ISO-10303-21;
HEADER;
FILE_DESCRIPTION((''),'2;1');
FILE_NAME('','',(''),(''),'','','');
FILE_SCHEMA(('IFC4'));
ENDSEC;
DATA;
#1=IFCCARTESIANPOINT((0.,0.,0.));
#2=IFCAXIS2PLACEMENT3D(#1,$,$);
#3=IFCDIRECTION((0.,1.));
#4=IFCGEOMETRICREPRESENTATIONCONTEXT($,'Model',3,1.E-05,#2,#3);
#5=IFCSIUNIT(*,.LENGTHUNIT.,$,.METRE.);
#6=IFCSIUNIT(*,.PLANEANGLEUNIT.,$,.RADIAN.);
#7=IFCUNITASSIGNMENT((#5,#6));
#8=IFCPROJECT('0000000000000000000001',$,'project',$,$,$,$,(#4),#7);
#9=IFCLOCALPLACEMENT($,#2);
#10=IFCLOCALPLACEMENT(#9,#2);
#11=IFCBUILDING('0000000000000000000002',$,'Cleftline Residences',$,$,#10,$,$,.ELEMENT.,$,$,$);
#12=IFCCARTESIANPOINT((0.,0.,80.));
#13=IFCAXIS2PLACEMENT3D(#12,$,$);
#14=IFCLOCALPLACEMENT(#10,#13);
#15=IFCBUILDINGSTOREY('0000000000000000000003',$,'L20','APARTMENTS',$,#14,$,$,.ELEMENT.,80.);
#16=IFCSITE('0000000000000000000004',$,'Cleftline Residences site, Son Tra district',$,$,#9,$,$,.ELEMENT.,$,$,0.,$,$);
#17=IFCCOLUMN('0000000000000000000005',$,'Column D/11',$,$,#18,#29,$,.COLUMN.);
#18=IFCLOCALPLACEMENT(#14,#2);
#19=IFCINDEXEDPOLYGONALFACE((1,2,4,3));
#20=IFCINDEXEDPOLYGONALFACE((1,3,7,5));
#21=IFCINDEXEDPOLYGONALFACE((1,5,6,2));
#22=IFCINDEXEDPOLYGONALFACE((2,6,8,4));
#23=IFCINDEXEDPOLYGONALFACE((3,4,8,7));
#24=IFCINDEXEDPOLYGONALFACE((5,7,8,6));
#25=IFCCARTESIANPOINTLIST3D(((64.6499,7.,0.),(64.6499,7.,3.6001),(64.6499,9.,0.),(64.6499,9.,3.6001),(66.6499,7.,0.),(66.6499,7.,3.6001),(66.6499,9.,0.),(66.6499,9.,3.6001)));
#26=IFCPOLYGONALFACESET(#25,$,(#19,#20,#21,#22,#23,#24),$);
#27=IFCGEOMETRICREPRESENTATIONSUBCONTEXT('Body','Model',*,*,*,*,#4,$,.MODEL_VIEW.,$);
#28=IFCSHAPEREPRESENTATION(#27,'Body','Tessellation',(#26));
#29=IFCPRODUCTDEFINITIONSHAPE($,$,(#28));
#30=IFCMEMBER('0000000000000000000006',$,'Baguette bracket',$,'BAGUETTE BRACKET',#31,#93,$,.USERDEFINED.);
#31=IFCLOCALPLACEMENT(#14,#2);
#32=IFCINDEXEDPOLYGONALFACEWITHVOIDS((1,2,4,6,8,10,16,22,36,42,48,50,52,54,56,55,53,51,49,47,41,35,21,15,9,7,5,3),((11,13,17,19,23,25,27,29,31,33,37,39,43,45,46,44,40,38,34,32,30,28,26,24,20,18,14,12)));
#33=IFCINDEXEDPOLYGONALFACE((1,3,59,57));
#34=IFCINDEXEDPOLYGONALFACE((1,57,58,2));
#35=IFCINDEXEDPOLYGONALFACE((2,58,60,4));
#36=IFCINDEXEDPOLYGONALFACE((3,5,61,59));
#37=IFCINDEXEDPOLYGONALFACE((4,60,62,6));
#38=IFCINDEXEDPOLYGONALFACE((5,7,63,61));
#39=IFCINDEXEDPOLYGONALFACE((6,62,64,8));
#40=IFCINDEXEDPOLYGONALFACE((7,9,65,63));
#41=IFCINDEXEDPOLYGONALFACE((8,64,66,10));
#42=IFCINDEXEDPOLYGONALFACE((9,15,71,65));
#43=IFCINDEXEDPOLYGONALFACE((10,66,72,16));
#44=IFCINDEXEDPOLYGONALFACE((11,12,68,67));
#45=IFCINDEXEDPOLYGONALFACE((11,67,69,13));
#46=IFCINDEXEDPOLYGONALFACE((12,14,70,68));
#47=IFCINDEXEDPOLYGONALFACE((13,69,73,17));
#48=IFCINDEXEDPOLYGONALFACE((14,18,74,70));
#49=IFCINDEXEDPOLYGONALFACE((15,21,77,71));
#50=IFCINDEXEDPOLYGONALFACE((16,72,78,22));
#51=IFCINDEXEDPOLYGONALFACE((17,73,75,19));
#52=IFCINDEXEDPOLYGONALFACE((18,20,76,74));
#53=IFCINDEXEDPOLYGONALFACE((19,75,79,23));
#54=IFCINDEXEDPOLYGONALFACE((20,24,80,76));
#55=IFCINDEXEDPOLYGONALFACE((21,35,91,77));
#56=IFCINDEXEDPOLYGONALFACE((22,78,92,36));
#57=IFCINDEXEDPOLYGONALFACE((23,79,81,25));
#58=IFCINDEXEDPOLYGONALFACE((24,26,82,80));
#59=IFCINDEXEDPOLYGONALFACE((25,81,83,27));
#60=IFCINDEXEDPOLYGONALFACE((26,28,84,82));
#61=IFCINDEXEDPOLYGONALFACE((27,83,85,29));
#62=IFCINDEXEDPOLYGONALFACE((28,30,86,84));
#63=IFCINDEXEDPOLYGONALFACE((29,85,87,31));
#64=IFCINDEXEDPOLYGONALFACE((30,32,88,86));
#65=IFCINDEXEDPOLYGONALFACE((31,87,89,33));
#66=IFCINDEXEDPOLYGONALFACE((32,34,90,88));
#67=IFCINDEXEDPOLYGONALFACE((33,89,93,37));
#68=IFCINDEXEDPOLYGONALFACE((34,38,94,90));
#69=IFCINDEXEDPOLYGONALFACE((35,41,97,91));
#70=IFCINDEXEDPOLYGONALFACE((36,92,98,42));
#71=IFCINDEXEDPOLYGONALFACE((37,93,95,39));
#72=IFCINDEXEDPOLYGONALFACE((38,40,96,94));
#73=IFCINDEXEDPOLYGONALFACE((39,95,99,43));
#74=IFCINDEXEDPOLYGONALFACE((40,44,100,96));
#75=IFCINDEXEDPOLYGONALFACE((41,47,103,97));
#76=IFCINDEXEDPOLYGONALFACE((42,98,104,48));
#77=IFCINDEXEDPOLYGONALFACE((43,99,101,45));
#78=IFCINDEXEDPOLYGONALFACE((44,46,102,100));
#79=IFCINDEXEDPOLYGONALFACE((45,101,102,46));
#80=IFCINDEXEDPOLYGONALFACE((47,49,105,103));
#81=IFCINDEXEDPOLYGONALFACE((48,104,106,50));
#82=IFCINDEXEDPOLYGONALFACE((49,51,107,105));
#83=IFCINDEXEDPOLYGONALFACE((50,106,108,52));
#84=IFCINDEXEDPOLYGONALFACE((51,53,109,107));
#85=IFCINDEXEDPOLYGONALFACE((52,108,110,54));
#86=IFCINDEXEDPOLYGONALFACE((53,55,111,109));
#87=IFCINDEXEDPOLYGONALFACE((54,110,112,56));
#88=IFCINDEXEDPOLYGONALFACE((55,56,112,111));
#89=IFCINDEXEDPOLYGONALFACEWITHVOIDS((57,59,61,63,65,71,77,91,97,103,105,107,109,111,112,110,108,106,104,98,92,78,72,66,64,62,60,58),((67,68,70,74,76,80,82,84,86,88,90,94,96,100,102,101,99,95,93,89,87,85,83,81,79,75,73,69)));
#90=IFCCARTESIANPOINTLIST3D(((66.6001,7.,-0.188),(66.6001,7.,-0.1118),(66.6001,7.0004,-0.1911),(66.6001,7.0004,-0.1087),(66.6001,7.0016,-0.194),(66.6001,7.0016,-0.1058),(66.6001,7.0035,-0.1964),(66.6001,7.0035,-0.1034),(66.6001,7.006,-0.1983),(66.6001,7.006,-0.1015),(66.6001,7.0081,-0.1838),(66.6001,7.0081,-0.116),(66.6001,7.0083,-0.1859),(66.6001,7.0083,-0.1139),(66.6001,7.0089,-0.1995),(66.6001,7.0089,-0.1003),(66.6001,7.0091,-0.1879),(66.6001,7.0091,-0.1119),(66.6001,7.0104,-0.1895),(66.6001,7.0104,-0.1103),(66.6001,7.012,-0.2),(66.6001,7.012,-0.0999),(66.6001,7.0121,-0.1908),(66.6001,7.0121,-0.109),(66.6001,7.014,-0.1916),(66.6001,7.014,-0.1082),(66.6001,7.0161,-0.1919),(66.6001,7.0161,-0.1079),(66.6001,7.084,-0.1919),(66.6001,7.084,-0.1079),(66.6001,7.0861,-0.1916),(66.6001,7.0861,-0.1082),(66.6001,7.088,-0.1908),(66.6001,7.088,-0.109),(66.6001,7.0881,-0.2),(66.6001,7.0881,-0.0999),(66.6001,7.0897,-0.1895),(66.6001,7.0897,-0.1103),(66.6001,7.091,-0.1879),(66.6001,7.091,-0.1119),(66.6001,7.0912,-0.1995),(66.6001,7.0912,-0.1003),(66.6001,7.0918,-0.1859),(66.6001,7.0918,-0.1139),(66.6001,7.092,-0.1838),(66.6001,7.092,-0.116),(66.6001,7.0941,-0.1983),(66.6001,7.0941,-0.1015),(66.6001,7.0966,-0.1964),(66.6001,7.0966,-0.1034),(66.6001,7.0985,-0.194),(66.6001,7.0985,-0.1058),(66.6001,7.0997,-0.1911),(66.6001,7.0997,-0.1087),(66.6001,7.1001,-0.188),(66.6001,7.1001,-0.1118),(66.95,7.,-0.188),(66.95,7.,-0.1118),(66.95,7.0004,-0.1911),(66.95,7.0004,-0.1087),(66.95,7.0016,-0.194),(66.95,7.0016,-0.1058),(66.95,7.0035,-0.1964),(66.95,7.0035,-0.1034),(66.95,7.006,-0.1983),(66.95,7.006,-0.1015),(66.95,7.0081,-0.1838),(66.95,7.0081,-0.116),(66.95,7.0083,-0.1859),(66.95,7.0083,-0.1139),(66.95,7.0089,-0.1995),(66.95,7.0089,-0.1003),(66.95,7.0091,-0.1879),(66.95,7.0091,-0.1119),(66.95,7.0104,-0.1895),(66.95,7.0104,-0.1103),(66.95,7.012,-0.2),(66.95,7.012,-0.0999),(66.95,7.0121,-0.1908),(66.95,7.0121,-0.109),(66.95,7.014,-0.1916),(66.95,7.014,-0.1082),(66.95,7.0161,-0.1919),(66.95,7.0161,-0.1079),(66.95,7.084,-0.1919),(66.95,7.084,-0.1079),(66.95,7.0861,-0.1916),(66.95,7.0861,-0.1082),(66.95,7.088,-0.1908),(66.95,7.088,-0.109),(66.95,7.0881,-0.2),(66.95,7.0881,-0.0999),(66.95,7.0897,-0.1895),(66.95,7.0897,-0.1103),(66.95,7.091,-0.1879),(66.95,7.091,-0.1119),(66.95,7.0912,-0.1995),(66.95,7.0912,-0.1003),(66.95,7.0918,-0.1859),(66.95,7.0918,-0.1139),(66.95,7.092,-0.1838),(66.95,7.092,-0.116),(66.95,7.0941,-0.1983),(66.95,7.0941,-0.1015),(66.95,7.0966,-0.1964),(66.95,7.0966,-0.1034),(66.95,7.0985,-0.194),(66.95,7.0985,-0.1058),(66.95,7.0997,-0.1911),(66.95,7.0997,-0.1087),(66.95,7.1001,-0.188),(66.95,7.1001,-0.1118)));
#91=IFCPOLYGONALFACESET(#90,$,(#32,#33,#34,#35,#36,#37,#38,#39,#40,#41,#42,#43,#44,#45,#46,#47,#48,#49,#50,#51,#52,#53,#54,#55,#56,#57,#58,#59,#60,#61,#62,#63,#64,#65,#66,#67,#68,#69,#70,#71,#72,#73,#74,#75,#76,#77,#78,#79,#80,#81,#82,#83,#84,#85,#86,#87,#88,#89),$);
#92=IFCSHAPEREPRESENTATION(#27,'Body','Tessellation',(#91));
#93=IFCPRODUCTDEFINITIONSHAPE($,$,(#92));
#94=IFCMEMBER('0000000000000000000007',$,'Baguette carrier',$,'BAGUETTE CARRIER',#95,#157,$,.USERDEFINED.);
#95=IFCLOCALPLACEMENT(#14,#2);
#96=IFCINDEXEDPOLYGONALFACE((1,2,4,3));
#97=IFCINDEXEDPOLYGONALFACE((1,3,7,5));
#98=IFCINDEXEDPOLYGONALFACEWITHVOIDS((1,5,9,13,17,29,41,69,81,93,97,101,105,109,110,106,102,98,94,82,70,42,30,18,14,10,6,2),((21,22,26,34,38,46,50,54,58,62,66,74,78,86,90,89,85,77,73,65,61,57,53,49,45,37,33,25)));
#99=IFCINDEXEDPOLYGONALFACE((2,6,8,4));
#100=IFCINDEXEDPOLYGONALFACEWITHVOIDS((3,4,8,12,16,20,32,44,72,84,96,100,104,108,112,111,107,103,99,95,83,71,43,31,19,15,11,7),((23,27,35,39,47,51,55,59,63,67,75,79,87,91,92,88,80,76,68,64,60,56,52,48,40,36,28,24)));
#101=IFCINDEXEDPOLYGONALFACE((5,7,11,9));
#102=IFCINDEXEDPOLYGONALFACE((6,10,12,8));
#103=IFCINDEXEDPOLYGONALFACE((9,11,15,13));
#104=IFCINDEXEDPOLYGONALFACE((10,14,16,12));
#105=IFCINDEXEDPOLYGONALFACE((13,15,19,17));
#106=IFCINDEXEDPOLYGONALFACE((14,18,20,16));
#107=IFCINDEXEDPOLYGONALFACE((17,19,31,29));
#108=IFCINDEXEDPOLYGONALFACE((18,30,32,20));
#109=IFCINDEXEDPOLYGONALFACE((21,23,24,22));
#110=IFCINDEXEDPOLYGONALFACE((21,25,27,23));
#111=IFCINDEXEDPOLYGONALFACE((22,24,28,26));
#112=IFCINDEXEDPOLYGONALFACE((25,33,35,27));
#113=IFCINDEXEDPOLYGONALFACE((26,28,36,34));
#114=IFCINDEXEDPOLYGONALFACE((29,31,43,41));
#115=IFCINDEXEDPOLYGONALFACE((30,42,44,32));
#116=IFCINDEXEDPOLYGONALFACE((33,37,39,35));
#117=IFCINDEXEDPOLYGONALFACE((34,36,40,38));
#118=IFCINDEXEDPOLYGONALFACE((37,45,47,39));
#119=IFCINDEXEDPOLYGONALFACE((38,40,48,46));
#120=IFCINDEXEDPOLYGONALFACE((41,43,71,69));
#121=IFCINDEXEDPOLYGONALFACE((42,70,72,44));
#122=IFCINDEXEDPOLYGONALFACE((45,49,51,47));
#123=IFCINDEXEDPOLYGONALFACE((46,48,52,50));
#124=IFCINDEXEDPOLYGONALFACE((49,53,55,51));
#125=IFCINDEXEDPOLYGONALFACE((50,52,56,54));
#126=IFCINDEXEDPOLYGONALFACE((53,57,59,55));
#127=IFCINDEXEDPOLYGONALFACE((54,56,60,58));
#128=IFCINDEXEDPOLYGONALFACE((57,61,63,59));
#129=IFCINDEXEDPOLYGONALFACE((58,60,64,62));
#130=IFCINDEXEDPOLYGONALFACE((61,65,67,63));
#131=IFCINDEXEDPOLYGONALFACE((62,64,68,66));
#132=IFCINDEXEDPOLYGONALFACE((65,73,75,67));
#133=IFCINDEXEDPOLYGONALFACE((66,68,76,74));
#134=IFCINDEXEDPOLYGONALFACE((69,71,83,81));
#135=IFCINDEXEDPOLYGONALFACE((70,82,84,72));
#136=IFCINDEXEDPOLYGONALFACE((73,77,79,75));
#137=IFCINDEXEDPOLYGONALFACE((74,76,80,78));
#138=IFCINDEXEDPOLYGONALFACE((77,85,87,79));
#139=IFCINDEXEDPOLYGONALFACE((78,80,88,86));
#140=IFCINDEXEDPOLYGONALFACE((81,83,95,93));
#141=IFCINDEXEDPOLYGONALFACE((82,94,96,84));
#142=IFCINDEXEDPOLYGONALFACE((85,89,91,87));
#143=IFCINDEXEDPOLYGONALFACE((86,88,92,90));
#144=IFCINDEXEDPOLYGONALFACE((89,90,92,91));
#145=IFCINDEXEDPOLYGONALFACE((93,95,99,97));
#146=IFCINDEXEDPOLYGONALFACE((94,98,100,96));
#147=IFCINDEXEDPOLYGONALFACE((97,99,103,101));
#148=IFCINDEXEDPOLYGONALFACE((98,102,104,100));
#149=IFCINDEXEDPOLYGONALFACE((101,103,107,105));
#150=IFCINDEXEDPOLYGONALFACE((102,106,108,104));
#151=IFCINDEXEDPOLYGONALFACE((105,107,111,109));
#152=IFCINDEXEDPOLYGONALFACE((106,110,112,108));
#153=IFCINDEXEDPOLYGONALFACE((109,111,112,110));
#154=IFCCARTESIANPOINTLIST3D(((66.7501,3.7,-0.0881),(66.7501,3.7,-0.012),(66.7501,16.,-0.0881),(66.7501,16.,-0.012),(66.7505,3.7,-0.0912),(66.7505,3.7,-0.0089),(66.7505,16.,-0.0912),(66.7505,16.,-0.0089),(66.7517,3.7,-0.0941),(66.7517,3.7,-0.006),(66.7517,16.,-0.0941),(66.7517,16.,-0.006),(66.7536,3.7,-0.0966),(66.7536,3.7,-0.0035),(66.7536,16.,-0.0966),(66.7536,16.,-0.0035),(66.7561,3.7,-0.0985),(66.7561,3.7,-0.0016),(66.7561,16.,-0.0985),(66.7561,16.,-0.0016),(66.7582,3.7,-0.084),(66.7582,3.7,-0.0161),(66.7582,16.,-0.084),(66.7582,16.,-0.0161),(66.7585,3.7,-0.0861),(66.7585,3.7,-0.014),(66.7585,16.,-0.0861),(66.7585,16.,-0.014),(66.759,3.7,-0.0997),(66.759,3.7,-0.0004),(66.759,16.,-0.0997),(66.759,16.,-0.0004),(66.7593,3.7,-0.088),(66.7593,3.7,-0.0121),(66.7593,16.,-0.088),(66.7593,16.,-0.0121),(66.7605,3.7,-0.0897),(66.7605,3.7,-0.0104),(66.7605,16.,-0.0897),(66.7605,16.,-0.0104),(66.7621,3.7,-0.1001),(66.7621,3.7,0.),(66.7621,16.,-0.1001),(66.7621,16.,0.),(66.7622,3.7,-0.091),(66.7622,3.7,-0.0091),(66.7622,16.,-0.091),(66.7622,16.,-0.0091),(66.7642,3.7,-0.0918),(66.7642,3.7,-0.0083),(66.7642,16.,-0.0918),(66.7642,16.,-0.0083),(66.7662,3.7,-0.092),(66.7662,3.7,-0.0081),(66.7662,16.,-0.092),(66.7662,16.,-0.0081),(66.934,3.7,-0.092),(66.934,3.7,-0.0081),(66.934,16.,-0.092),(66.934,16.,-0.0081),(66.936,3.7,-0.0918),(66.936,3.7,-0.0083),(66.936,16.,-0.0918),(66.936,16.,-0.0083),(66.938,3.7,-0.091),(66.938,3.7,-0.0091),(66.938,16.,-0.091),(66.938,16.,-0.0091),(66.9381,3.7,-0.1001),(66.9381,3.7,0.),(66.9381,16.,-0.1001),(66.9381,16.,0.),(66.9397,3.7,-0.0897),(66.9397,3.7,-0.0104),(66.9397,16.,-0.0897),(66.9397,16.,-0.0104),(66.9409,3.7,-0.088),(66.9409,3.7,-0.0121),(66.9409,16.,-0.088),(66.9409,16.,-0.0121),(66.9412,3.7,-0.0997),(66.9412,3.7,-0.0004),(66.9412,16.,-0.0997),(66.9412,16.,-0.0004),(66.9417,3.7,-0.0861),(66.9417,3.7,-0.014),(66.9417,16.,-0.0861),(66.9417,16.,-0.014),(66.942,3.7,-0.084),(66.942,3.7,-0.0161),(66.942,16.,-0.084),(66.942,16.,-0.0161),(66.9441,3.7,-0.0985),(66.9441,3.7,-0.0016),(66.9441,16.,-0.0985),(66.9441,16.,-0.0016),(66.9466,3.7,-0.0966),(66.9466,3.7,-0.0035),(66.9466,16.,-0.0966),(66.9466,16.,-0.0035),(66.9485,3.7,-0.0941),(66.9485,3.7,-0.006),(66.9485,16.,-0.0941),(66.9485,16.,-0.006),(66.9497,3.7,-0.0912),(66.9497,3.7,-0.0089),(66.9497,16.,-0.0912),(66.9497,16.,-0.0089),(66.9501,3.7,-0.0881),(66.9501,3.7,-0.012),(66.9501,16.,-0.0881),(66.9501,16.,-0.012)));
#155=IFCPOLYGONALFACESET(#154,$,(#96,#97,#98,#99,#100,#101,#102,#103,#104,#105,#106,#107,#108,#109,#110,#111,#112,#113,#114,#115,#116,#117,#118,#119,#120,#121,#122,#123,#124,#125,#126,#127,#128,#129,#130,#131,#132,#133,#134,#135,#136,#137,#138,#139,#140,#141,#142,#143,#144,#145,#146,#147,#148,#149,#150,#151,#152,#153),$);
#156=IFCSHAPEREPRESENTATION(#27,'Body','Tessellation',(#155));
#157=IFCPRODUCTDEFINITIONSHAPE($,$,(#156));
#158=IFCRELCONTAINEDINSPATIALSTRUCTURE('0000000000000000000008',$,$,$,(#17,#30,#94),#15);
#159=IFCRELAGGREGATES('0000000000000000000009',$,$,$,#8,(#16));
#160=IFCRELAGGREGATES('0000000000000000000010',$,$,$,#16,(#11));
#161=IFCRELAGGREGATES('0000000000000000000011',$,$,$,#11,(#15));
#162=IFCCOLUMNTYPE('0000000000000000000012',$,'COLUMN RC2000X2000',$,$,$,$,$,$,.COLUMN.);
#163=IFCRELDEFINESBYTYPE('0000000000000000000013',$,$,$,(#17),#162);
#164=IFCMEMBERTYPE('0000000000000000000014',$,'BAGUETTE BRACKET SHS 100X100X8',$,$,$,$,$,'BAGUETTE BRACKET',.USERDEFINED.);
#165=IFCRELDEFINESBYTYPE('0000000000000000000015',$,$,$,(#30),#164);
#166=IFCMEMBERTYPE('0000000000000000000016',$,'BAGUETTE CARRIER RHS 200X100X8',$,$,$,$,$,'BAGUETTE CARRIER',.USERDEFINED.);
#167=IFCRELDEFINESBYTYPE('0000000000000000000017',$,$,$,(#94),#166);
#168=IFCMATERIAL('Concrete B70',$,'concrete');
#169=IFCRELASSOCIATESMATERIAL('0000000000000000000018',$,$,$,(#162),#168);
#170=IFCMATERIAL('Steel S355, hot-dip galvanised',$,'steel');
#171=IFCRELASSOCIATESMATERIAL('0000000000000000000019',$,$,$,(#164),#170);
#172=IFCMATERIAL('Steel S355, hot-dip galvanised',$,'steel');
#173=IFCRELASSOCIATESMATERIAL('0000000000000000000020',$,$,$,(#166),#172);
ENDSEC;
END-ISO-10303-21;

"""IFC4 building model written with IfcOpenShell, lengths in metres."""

from ifc_helpers import new_model, si_unit, direction, frame, origin, origin_2d, place, context, subcontext, project, spatial, rectangle, hollow_rectangle, extrude, material, material_profile, profile_set, type_object, element, save


model = new_model("IFC4")

# Units and contexts
model_context = context("Model", 3, precision=1e-05, world=origin(), true_north=direction((0.0, 1.0)))
body_context = subcontext(model_context, "Body", "Model", "MODEL_VIEW")
ifc_project = project(units=[si_unit("LENGTHUNIT", "METRE"), si_unit("PLANEANGLEUNIT", "RADIAN")], contexts=[model_context])

# Site, building, storey
site_placement = place(None, origin())
site = spatial("IfcSite", under=ifc_project, at=site_placement, Name="Cleftline Residences site, Son Tra district", CompositionType="ELEMENT", RefElevation=0.0)
building_placement = place(site_placement, origin())
building = spatial("IfcBuilding", under=site, at=building_placement, Name="Cleftline Residences", CompositionType="ELEMENT")
storey_placement = place(building_placement, frame((0.0, 0.0, 80.0)))
storey = spatial("IfcBuildingStorey", under=building, at=storey_placement, Name="L20", Description="APARTMENTS", CompositionType="ELEMENT", Elevation=80.0)

# Column
ifc_material_1 = material(Name="Concrete B70", Category="concrete")
ifc_material_profile_1 = material_profile(ifc_material_1, rectangle(XDim=2.0, YDim=2.0, at=origin_2d()))
ifc_profile_set_1 = profile_set([ifc_material_profile_1], Name="Concrete B70")
column_type = type_object("IfcColumnType", Name="COLUMN RC2000X2000", PredefinedType="COLUMN", material=ifc_profile_set_1)
column_placement = place(storey_placement, frame((65.6499, 8.0, 0.0), z_axis=(0.0, 0.0, 1.0), x_axis=(1.0, 0.0, 0.0)))
element("IfcColumn", 1, at=column_placement, inside=storey, type_object=column_type, Name="Column D/11", PredefinedType="COLUMN", context=body_context, shape_type="SweptSolid", body=[
    extrude(rectangle(XDim=2.0, YDim=2.0, at=origin_2d()), origin(), (0.0, 0.0, 1.0), 3.6001),
])

# Members
ifc_material_2 = material(Name="Steel S355, hot-dip galvanised", Category="steel")
ifc_material_profile_2 = material_profile(ifc_material_2, hollow_rectangle(XDim=0.1001, YDim=0.1001, WallThickness=0.0081, InnerFilletRadius=0.0081, OuterFilletRadius=0.012, at=origin_2d()))
ifc_profile_set_2 = profile_set([ifc_material_profile_2], Name="Steel S355, hot-dip galvanised")
member_type_1 = type_object("IfcMemberType", Name="BAGUETTE BRACKET SHS 100X100X8", ElementType="BAGUETTE BRACKET", PredefinedType="USERDEFINED", material=ifc_profile_set_2)
member_1_placement = place(storey_placement, frame((66.6001, 7.05, -0.1499), z_axis=(1.0, 0.0, 0.0), x_axis=(0.0, 1.0, 0.0)))
element("IfcMember", 2, at=member_1_placement, inside=storey, type_object=member_type_1, Name="Baguette bracket", ObjectType="BAGUETTE BRACKET", PredefinedType="USERDEFINED", context=body_context, shape_type="SweptSolid", body=[
    extrude(hollow_rectangle(XDim=0.1001, YDim=0.1001, WallThickness=0.0081, InnerFilletRadius=0.0081, OuterFilletRadius=0.012, at=origin_2d()), origin(), (0.0, 0.0, 1.0), 0.3499),
])
ifc_material_3 = material(Name="Steel S355, hot-dip galvanised", Category="steel")
ifc_material_profile_3 = material_profile(ifc_material_3, hollow_rectangle(XDim=0.1001, YDim=0.2, WallThickness=0.0081, InnerFilletRadius=0.0081, OuterFilletRadius=0.012, at=origin_2d()))
ifc_profile_set_3 = profile_set([ifc_material_profile_3], Name="Steel S355, hot-dip galvanised")
member_type_2 = type_object("IfcMemberType", Name="BAGUETTE CARRIER RHS 200X100X8", ElementType="BAGUETTE CARRIER", PredefinedType="USERDEFINED", material=ifc_profile_set_3)
member_2_placement = place(storey_placement, frame((66.8501, 3.7, -0.05), z_axis=(0.0, 1.0, 0.0), x_axis=(0.0, 0.0, 1.0)))
element("IfcMember", 3, at=member_2_placement, inside=storey, type_object=member_type_2, Name="Baguette carrier", ObjectType="BAGUETTE CARRIER", PredefinedType="USERDEFINED", context=body_context, shape_type="SweptSolid", body=[
    extrude(hollow_rectangle(XDim=0.1001, YDim=0.2, WallThickness=0.0081, InnerFilletRadius=0.0081, OuterFilletRadius=0.012, at=origin_2d()), origin(), (0.0, 0.0, 1.0), 12.3),
])

save(model, "model.ifc")
